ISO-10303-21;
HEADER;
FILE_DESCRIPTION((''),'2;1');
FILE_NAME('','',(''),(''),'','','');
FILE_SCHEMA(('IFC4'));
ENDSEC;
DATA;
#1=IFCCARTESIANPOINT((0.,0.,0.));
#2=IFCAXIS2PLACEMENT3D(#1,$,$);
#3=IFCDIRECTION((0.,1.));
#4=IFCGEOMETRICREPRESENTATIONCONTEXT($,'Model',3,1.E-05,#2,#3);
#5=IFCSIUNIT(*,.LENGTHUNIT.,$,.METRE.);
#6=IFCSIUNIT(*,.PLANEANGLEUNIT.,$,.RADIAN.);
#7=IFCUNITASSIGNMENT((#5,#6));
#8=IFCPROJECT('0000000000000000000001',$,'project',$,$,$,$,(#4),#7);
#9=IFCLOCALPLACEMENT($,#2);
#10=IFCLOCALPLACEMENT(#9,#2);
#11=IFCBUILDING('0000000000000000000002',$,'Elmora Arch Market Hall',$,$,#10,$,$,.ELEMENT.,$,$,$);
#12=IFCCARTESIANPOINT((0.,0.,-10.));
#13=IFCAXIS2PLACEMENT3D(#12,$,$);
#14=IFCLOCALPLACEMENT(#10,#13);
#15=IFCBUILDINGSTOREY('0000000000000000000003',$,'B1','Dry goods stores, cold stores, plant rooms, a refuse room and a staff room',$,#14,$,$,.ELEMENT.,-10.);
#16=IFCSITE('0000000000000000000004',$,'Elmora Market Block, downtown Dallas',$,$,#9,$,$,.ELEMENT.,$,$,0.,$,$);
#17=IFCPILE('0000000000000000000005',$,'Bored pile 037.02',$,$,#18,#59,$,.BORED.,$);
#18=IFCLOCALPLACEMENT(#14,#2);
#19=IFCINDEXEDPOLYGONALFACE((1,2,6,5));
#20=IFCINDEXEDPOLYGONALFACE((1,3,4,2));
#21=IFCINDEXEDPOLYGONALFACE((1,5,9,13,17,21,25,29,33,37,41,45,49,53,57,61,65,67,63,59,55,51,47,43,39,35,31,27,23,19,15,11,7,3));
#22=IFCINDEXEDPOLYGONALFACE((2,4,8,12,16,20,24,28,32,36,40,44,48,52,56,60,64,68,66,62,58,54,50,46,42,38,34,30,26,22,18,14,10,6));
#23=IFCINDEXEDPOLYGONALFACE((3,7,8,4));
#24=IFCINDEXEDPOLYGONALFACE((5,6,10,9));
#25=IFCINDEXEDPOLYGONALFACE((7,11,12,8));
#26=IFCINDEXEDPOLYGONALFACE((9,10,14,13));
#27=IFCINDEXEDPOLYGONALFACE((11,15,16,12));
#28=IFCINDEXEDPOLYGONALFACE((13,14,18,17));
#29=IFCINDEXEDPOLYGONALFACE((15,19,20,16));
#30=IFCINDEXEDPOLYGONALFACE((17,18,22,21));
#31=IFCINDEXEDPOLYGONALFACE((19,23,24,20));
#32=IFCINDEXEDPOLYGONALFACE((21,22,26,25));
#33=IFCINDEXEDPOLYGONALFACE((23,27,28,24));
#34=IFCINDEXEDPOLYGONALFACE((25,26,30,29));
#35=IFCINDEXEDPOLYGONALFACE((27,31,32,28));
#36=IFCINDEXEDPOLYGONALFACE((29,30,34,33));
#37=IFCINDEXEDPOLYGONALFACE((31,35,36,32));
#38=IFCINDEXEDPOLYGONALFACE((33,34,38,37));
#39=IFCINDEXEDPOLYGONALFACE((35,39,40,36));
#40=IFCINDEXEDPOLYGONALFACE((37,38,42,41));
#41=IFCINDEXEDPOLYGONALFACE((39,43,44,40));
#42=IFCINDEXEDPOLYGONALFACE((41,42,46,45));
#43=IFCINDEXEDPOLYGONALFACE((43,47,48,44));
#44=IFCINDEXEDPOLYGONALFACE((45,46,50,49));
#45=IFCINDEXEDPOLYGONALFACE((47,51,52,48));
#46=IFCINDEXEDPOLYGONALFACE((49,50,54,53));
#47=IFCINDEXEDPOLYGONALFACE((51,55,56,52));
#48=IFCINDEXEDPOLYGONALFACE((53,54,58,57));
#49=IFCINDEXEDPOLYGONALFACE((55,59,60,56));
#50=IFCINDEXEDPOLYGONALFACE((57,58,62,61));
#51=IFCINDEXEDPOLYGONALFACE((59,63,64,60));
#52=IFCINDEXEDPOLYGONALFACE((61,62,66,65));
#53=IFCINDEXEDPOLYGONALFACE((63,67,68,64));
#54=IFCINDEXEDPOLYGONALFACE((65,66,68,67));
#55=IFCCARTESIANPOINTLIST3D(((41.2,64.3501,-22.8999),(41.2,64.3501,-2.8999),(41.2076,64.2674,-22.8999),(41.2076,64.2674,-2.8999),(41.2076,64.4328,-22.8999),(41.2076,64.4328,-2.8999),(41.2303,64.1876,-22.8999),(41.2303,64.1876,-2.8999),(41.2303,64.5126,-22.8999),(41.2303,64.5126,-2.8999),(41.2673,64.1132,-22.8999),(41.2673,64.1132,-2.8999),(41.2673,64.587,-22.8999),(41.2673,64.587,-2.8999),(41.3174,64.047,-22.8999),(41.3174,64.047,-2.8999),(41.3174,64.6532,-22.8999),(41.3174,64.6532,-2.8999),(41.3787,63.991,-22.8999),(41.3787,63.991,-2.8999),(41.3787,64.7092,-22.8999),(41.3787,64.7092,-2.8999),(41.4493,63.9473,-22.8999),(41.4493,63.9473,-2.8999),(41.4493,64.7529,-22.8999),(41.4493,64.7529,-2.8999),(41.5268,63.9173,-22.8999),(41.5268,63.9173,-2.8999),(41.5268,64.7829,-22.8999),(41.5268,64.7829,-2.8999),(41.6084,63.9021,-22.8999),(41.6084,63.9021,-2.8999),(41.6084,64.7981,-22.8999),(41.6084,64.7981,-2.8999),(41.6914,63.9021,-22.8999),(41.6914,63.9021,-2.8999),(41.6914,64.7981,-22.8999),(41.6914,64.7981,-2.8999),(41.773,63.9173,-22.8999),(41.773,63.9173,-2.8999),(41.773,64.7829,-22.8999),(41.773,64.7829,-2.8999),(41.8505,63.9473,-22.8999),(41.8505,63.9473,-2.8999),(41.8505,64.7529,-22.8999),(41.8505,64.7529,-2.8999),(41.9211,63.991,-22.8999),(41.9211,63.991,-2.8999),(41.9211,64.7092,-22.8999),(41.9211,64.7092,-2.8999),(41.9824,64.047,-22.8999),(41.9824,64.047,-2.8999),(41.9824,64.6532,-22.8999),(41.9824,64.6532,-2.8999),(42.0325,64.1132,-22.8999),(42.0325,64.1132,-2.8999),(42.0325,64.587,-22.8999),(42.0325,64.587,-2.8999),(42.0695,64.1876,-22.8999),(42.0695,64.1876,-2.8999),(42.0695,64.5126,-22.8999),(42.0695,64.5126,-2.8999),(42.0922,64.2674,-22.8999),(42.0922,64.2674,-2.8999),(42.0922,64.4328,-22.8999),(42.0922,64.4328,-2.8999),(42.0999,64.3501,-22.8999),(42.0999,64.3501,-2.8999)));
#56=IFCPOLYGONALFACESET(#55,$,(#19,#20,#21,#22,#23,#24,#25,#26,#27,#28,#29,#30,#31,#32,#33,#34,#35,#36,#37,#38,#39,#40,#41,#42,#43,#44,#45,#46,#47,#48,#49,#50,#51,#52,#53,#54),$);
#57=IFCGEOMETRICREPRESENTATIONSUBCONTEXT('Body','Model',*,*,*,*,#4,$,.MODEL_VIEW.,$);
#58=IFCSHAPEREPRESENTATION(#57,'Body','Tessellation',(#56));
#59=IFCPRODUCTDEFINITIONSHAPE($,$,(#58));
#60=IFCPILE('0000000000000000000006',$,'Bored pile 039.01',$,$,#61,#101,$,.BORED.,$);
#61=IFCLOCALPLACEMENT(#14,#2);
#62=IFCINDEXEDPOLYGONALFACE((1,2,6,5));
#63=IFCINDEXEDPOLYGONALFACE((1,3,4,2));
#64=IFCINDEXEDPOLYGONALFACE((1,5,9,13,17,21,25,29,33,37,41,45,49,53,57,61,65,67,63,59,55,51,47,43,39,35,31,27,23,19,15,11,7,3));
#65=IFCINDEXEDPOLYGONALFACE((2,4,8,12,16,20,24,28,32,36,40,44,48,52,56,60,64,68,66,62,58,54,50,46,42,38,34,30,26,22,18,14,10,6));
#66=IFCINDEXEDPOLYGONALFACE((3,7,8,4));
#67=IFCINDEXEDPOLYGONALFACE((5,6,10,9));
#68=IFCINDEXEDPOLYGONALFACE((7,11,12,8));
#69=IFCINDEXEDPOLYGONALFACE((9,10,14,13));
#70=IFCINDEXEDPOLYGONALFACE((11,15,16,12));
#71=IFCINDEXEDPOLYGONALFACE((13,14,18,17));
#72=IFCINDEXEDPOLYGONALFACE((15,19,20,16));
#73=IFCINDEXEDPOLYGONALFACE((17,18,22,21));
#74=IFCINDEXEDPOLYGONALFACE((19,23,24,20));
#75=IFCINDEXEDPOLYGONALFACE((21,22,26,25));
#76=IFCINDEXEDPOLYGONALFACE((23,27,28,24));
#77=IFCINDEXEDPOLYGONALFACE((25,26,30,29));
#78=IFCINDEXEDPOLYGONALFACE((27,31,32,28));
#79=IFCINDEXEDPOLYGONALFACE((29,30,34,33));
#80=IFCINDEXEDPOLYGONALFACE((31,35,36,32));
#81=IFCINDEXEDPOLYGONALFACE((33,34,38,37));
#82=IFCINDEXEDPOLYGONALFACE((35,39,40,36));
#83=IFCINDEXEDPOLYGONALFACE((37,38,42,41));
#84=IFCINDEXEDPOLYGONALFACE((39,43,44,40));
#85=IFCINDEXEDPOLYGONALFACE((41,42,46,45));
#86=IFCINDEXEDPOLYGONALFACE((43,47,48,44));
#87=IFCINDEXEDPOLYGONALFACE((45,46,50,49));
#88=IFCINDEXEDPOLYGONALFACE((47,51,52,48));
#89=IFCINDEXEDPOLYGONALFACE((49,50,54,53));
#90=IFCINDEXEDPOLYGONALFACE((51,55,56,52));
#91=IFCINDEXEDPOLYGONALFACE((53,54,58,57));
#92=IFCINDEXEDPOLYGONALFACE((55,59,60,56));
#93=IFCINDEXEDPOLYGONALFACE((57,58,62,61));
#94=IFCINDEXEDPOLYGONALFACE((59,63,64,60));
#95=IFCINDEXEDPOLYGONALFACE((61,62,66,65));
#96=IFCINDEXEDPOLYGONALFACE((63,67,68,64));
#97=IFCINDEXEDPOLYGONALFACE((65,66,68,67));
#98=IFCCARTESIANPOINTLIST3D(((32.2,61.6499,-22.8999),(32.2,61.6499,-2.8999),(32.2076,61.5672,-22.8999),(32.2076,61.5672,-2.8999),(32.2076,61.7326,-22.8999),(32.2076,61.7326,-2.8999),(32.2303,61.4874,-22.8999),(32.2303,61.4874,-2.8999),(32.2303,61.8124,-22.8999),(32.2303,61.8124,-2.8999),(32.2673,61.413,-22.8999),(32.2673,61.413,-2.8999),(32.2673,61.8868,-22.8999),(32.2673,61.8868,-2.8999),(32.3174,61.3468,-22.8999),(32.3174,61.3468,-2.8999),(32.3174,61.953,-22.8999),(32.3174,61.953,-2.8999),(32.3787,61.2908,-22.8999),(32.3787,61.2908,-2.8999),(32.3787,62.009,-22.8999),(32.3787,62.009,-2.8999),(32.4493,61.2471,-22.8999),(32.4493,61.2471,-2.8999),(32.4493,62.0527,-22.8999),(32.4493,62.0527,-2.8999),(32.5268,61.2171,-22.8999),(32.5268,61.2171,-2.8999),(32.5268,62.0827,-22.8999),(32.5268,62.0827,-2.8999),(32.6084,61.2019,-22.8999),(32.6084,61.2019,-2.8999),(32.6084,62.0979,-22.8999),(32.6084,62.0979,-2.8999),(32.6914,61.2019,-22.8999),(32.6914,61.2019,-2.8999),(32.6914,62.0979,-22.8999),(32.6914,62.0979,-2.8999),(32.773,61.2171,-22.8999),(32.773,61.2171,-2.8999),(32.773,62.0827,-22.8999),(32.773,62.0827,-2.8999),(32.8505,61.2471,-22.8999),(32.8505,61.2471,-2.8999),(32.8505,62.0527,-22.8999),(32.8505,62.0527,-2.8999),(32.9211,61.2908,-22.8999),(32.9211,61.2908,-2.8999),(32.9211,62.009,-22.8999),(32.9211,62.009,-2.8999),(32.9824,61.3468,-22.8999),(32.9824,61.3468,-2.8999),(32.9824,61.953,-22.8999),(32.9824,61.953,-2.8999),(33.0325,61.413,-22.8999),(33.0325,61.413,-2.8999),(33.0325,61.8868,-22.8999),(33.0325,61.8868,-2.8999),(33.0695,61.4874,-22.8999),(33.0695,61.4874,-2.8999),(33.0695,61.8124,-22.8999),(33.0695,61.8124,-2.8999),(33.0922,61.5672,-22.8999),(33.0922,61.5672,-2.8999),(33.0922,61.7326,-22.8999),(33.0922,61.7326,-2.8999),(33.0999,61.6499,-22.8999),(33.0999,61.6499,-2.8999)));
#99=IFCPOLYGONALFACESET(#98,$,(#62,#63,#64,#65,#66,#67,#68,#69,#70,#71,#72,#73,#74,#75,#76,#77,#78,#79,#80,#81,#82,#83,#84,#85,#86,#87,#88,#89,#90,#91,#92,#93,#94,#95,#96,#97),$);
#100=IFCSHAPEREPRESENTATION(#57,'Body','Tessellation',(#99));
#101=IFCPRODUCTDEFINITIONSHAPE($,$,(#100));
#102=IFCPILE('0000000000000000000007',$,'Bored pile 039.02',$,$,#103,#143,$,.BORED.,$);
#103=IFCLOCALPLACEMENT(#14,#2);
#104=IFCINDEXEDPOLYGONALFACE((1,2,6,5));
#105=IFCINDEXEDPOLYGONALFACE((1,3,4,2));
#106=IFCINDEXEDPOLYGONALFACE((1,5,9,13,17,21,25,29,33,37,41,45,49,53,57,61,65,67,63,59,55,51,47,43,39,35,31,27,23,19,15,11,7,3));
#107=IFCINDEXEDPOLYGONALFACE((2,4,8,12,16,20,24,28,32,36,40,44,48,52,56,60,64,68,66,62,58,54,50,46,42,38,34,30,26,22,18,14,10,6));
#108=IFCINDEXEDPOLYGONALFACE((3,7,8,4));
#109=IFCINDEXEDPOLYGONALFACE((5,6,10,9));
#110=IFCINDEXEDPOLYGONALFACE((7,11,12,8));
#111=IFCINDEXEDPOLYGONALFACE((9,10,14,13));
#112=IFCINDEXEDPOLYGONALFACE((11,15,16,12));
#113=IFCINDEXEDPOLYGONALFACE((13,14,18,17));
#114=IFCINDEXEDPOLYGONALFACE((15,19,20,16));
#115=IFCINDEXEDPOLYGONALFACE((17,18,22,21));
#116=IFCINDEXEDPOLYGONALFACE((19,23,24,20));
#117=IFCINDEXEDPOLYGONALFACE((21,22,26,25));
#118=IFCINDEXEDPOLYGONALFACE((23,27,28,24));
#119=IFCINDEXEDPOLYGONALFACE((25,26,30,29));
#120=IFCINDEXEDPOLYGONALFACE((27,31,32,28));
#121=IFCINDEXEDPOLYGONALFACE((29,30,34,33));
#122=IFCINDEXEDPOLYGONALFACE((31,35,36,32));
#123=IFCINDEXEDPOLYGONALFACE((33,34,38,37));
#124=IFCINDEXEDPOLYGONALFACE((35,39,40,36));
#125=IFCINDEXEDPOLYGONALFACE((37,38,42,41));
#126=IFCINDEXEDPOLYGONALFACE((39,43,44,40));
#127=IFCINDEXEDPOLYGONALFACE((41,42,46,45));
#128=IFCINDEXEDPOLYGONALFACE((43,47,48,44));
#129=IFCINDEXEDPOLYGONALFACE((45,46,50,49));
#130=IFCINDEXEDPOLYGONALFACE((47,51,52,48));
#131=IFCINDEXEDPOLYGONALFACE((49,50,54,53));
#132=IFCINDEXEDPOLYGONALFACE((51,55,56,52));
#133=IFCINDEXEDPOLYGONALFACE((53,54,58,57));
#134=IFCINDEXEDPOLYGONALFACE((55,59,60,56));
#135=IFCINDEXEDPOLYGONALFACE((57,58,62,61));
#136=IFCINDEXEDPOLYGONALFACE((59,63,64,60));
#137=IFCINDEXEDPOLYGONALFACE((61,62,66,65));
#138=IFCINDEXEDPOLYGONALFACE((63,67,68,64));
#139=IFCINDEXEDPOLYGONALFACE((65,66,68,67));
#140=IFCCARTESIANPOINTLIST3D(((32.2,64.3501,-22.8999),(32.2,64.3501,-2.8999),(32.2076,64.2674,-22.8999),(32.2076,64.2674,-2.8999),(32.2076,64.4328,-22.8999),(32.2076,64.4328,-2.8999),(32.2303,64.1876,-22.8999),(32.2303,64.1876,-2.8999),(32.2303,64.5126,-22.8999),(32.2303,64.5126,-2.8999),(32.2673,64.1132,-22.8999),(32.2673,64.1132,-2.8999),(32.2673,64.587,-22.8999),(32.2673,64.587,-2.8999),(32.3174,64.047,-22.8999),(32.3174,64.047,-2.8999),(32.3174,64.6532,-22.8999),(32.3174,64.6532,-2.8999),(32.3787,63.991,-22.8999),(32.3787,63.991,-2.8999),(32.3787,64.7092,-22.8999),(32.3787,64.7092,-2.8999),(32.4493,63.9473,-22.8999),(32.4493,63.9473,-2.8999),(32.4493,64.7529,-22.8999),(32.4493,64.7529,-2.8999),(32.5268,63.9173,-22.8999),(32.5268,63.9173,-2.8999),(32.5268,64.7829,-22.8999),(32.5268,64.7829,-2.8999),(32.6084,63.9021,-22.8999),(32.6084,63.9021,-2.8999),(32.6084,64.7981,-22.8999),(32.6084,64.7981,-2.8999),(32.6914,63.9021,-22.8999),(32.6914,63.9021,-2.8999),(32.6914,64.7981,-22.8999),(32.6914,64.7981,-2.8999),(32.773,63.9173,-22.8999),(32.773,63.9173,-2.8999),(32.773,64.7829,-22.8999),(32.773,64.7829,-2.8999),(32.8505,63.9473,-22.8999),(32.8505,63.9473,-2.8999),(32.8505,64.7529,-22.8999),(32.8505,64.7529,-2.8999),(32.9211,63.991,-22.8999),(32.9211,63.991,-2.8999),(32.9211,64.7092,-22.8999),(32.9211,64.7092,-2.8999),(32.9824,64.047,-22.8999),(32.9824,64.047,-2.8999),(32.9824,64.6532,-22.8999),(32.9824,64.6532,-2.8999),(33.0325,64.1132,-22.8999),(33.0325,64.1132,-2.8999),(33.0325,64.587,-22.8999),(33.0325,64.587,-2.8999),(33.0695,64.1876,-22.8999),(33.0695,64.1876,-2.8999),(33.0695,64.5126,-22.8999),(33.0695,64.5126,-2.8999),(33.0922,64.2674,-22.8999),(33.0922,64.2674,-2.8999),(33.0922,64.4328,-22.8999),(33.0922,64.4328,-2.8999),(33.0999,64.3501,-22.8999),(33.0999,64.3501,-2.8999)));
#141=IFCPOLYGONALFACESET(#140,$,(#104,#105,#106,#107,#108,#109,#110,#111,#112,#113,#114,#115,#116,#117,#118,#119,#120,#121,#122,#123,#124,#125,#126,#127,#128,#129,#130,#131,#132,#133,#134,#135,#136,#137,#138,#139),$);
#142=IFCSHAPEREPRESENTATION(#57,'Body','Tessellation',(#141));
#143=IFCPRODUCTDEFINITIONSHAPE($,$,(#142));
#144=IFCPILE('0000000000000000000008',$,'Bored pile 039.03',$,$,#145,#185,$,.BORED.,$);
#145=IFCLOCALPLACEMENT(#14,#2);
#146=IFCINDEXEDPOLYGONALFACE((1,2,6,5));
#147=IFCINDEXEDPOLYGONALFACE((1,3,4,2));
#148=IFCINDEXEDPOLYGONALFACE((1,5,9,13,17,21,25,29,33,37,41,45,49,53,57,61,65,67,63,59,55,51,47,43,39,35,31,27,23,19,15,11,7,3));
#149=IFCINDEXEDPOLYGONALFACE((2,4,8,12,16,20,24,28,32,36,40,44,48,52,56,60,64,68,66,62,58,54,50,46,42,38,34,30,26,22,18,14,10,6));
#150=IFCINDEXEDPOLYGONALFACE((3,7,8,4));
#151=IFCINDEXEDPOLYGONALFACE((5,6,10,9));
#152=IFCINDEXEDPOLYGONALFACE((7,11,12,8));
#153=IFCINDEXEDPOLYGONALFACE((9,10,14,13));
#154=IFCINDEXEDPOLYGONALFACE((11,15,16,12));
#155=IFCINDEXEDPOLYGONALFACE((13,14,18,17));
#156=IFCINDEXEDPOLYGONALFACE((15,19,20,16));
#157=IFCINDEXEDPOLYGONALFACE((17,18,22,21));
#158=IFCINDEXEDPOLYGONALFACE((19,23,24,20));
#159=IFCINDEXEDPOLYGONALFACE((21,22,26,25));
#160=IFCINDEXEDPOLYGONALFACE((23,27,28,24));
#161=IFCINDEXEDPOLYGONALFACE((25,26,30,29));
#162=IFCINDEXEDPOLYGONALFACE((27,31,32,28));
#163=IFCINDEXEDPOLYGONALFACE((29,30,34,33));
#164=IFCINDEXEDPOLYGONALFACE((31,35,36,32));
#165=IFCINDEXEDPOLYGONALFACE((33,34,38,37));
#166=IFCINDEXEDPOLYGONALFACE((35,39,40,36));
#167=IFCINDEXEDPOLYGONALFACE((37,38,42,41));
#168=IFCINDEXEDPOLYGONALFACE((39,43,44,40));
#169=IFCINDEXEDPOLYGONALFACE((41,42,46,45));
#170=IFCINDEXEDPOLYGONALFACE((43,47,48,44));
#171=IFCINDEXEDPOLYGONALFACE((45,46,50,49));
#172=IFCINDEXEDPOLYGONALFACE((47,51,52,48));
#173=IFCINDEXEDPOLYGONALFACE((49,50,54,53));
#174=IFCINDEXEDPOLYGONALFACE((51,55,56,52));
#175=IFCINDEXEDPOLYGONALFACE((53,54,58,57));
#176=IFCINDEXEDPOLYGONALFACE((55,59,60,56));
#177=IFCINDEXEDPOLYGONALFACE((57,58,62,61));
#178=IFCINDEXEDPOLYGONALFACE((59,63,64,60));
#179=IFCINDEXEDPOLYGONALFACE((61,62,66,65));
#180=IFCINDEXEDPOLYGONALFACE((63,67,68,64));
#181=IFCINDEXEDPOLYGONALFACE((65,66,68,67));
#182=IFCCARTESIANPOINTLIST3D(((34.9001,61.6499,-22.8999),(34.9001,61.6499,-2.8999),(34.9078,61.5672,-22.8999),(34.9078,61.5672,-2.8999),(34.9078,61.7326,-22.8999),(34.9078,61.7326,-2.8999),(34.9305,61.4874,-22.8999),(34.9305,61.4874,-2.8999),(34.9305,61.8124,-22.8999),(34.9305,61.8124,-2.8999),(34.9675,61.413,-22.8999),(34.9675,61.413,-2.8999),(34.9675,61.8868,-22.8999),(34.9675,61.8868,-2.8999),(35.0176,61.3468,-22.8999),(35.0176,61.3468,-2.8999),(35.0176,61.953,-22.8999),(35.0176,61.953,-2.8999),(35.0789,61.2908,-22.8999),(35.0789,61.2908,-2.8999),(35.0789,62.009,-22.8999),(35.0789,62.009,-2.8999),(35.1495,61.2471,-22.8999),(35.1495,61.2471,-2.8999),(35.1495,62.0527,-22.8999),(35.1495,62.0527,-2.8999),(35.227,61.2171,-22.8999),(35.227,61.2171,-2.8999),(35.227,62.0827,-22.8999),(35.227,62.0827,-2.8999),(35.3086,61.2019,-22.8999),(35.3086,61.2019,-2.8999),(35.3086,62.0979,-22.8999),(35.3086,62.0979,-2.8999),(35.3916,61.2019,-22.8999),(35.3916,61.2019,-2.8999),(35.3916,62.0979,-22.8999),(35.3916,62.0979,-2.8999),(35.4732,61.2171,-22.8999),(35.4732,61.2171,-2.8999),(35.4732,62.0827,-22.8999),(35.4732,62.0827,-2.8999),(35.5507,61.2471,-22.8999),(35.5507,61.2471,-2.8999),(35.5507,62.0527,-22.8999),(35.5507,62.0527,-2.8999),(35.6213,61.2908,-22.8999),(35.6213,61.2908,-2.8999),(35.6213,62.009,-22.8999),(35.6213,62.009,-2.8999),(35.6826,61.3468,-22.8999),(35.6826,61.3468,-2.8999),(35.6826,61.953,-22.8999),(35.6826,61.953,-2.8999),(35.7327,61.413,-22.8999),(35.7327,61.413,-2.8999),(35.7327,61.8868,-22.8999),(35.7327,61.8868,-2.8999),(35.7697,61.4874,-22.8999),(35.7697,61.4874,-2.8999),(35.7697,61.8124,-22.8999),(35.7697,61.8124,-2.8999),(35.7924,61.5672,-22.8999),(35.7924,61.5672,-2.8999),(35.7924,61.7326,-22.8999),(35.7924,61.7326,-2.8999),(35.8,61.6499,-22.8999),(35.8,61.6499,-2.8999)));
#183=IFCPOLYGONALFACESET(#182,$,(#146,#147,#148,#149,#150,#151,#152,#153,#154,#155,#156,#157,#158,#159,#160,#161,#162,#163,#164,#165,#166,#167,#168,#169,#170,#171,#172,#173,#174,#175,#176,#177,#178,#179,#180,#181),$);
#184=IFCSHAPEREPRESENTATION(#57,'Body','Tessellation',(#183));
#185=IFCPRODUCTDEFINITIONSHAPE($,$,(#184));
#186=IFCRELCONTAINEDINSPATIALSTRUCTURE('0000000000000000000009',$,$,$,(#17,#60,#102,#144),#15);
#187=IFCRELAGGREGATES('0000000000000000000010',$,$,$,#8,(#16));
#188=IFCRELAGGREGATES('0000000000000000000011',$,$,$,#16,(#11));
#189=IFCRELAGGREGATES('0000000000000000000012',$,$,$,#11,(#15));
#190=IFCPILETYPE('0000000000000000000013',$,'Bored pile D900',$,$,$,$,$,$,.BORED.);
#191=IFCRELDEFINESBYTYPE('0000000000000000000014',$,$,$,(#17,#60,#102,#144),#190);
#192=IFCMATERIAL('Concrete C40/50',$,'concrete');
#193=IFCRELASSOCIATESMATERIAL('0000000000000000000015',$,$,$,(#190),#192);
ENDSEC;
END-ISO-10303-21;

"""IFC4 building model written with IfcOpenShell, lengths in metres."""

from ifc_helpers import new_model, si_unit, direction, frame, origin, origin_2d, place, context, subcontext, project, spatial, circle, extrude, material, material_profile, profile_set, type_object, element, save


model = new_model("IFC4")

# Units and contexts
model_context = context("Model", 3, precision=1e-05, world=origin(), true_north=direction((0.0, 1.0)))
body_context = subcontext(model_context, "Body", "Model", "MODEL_VIEW")
ifc_project = project(units=[si_unit("LENGTHUNIT", "METRE"), si_unit("PLANEANGLEUNIT", "RADIAN")], contexts=[model_context])

# Site, building, storey
site_placement = place(None, origin())
site = spatial("IfcSite", under=ifc_project, at=site_placement, Name="Elmora Market Block, downtown Dallas", CompositionType="ELEMENT", RefElevation=0.0)
building_placement = place(site_placement, origin())
building = spatial("IfcBuilding", under=site, at=building_placement, Name="Elmora Arch Market Hall", CompositionType="ELEMENT")
storey_placement = place(building_placement, frame((0.0, 0.0, -10.0)))
storey = spatial("IfcBuildingStorey", under=building, at=storey_placement, Name="B1", Description="Dry goods stores, cold stores, plant rooms, a refuse room and a staff room", CompositionType="ELEMENT", Elevation=-10.0)

# Piles
ifc_material_1 = material(Name="Concrete C40/50", Category="concrete")
ifc_material_profile_1 = material_profile(ifc_material_1, circle(Radius=0.45, at=origin_2d()), Name="Bored pile D900")
ifc_profile_set_1 = profile_set([ifc_material_profile_1], Name="Concrete C40/50")
pile_type = type_object("IfcPileType", Name="Bored pile D900", PredefinedType="BORED", material=ifc_profile_set_1)
for number, where, z_axis, x_axis, name in (
    (1, (41.6499, 64.3501, -2.8999), (0.0, 0.0, -1.0), (1.0, 0.0, 0.0), "Bored pile 037.02"),
    (2, (32.6499, 61.6499, -2.8999), (0.0, 0.0, -1.0), (1.0, 0.0, 0.0), "Bored pile 039.01"),
    (3, (32.6499, 64.3501, -2.8999), (0.0, 0.0, -1.0), (1.0, 0.0, 0.0), "Bored pile 039.02"),
    (4, (35.3501, 61.6499, -2.8999), (0.0, 0.0, -1.0), (1.0, 0.0, 0.0), "Bored pile 039.03"),
):
    element("IfcPile", number, at=place(storey_placement, frame(where, z_axis=z_axis, x_axis=x_axis)), inside=storey, type_object=pile_type, Name=name, PredefinedType="BORED", context=body_context, shape_type="SweptSolid", body=[
        extrude(circle(Radius=0.45, at=origin_2d()), origin(), (0.0, 0.0, 1.0), 20.0),
    ])

save(model, "model.ifc")
